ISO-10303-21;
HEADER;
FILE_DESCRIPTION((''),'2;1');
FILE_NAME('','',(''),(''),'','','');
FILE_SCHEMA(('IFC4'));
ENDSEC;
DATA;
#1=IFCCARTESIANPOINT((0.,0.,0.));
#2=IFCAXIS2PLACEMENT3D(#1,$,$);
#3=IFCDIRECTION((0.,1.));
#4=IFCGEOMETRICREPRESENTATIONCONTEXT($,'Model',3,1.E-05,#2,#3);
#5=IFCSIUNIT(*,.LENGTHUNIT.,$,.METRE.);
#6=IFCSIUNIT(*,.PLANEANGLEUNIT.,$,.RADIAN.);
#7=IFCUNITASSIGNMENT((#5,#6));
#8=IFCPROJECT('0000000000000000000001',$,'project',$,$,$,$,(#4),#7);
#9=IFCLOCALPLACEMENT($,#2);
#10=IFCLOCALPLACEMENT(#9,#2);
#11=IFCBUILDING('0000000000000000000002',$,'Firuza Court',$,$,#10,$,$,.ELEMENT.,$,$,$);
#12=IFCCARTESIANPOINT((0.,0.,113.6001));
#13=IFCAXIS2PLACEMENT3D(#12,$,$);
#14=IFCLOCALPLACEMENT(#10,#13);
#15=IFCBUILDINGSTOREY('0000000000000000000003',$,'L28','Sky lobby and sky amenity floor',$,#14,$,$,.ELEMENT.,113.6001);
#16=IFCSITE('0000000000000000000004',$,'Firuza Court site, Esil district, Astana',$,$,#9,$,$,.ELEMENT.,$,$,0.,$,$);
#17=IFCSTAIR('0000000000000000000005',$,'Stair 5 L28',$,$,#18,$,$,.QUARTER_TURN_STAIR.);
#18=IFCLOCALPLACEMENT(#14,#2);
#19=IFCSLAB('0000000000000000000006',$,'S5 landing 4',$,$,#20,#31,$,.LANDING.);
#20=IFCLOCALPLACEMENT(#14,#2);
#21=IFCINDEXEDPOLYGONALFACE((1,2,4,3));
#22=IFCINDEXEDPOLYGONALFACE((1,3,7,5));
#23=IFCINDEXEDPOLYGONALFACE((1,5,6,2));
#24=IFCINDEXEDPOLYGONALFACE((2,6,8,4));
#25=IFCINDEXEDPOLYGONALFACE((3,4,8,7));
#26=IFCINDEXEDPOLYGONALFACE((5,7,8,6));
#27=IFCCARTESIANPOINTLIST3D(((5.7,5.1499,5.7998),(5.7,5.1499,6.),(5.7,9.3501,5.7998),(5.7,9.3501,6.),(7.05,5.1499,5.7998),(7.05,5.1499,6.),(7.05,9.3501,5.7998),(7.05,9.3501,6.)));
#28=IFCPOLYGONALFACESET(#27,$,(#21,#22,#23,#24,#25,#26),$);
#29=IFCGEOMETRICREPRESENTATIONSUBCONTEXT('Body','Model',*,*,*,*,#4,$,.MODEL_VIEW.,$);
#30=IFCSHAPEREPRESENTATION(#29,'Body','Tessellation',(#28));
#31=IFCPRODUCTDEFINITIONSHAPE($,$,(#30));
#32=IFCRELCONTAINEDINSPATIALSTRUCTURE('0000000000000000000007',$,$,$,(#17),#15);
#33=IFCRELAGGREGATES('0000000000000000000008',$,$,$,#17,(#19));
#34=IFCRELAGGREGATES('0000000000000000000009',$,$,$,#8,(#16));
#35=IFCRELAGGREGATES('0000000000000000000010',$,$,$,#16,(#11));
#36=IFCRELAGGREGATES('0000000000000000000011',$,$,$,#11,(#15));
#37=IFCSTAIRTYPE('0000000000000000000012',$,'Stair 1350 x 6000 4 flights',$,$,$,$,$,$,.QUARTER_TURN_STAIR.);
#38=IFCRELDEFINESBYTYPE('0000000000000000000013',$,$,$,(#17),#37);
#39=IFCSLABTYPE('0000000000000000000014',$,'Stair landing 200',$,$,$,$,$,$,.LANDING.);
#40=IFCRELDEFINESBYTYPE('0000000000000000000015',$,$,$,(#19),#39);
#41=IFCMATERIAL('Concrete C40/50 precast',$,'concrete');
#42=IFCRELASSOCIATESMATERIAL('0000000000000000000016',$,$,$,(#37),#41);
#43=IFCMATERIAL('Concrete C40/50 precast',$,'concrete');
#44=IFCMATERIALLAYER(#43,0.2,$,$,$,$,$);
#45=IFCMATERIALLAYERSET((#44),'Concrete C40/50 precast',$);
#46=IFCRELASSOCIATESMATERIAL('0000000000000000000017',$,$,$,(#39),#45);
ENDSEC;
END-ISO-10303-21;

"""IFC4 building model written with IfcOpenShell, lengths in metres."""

from ifc_helpers import new_model, si_unit, direction, frame, origin, place, context, subcontext, project, spatial, polyline, outline, extrude, material, layer, layer_set, type_object, element, aggregate, save


model = new_model("IFC4")

# Units and contexts
model_context = context("Model", 3, precision=1e-05, world=origin(), true_north=direction((0.0, 1.0)))
body_context = subcontext(model_context, "Body", "Model", "MODEL_VIEW")
ifc_project = project(units=[si_unit("LENGTHUNIT", "METRE"), si_unit("PLANEANGLEUNIT", "RADIAN")], contexts=[model_context])

# Site, building, storey
site_placement = place(None, origin())
site = spatial("IfcSite", under=ifc_project, at=site_placement, Name="Firuza Court site, Esil district, Astana", CompositionType="ELEMENT", RefElevation=0.0)
building_placement = place(site_placement, origin())
building = spatial("IfcBuilding", under=site, at=building_placement, Name="Firuza Court", CompositionType="ELEMENT")
storey_placement = place(building_placement, frame((0.0, 0.0, 113.6001)))
storey = spatial("IfcBuildingStorey", under=building, at=storey_placement, Name="L28", Description="Sky lobby and sky amenity floor", CompositionType="ELEMENT", Elevation=113.6001)

# Stair, slab
ifc_material_1 = material(Name="Concrete C40/50 precast", Category="concrete")
stair_type = type_object("IfcStairType", Name="Stair 1350 x 6000 4 flights", PredefinedType="QUARTER_TURN_STAIR", material=ifc_material_1)
ifc_material_2 = material(Name="Concrete C40/50 precast", Category="concrete")
ifc_layer_1 = layer(ifc_material_2, 0.2)
ifc_layer_set_1 = layer_set([ifc_layer_1], Name="Concrete C40/50 precast")
slab_type_1 = type_object("IfcSlabType", Name="Stair landing 200", PredefinedType="LANDING", material=ifc_layer_set_1)
stair_1_placement = place(storey_placement, origin())
stair_1 = element("IfcStair", 1, at=stair_1_placement, inside=storey, type_object=stair_type, Name="Stair 5 L28", PredefinedType="QUARTER_TURN_STAIR")
slab_1_placement = place(storey_placement, frame((0.0, 0.0, 5.7998)))
slab_1 = element("IfcSlab", 2, at=slab_1_placement, type_object=slab_type_1, Name="S5 landing 4", PredefinedType="LANDING", context=body_context, shape_type="SweptSolid", body=[
    extrude(outline(polyline([(7.05, 5.1499), (7.05, 9.3501), (5.7, 9.3501), (5.7, 5.1499), (7.05, 5.1499)])), origin(), (0.0, 0.0, 1.0), 0.2002),
])
aggregate(stair_1, [slab_1])

save(model, "model.ifc")
